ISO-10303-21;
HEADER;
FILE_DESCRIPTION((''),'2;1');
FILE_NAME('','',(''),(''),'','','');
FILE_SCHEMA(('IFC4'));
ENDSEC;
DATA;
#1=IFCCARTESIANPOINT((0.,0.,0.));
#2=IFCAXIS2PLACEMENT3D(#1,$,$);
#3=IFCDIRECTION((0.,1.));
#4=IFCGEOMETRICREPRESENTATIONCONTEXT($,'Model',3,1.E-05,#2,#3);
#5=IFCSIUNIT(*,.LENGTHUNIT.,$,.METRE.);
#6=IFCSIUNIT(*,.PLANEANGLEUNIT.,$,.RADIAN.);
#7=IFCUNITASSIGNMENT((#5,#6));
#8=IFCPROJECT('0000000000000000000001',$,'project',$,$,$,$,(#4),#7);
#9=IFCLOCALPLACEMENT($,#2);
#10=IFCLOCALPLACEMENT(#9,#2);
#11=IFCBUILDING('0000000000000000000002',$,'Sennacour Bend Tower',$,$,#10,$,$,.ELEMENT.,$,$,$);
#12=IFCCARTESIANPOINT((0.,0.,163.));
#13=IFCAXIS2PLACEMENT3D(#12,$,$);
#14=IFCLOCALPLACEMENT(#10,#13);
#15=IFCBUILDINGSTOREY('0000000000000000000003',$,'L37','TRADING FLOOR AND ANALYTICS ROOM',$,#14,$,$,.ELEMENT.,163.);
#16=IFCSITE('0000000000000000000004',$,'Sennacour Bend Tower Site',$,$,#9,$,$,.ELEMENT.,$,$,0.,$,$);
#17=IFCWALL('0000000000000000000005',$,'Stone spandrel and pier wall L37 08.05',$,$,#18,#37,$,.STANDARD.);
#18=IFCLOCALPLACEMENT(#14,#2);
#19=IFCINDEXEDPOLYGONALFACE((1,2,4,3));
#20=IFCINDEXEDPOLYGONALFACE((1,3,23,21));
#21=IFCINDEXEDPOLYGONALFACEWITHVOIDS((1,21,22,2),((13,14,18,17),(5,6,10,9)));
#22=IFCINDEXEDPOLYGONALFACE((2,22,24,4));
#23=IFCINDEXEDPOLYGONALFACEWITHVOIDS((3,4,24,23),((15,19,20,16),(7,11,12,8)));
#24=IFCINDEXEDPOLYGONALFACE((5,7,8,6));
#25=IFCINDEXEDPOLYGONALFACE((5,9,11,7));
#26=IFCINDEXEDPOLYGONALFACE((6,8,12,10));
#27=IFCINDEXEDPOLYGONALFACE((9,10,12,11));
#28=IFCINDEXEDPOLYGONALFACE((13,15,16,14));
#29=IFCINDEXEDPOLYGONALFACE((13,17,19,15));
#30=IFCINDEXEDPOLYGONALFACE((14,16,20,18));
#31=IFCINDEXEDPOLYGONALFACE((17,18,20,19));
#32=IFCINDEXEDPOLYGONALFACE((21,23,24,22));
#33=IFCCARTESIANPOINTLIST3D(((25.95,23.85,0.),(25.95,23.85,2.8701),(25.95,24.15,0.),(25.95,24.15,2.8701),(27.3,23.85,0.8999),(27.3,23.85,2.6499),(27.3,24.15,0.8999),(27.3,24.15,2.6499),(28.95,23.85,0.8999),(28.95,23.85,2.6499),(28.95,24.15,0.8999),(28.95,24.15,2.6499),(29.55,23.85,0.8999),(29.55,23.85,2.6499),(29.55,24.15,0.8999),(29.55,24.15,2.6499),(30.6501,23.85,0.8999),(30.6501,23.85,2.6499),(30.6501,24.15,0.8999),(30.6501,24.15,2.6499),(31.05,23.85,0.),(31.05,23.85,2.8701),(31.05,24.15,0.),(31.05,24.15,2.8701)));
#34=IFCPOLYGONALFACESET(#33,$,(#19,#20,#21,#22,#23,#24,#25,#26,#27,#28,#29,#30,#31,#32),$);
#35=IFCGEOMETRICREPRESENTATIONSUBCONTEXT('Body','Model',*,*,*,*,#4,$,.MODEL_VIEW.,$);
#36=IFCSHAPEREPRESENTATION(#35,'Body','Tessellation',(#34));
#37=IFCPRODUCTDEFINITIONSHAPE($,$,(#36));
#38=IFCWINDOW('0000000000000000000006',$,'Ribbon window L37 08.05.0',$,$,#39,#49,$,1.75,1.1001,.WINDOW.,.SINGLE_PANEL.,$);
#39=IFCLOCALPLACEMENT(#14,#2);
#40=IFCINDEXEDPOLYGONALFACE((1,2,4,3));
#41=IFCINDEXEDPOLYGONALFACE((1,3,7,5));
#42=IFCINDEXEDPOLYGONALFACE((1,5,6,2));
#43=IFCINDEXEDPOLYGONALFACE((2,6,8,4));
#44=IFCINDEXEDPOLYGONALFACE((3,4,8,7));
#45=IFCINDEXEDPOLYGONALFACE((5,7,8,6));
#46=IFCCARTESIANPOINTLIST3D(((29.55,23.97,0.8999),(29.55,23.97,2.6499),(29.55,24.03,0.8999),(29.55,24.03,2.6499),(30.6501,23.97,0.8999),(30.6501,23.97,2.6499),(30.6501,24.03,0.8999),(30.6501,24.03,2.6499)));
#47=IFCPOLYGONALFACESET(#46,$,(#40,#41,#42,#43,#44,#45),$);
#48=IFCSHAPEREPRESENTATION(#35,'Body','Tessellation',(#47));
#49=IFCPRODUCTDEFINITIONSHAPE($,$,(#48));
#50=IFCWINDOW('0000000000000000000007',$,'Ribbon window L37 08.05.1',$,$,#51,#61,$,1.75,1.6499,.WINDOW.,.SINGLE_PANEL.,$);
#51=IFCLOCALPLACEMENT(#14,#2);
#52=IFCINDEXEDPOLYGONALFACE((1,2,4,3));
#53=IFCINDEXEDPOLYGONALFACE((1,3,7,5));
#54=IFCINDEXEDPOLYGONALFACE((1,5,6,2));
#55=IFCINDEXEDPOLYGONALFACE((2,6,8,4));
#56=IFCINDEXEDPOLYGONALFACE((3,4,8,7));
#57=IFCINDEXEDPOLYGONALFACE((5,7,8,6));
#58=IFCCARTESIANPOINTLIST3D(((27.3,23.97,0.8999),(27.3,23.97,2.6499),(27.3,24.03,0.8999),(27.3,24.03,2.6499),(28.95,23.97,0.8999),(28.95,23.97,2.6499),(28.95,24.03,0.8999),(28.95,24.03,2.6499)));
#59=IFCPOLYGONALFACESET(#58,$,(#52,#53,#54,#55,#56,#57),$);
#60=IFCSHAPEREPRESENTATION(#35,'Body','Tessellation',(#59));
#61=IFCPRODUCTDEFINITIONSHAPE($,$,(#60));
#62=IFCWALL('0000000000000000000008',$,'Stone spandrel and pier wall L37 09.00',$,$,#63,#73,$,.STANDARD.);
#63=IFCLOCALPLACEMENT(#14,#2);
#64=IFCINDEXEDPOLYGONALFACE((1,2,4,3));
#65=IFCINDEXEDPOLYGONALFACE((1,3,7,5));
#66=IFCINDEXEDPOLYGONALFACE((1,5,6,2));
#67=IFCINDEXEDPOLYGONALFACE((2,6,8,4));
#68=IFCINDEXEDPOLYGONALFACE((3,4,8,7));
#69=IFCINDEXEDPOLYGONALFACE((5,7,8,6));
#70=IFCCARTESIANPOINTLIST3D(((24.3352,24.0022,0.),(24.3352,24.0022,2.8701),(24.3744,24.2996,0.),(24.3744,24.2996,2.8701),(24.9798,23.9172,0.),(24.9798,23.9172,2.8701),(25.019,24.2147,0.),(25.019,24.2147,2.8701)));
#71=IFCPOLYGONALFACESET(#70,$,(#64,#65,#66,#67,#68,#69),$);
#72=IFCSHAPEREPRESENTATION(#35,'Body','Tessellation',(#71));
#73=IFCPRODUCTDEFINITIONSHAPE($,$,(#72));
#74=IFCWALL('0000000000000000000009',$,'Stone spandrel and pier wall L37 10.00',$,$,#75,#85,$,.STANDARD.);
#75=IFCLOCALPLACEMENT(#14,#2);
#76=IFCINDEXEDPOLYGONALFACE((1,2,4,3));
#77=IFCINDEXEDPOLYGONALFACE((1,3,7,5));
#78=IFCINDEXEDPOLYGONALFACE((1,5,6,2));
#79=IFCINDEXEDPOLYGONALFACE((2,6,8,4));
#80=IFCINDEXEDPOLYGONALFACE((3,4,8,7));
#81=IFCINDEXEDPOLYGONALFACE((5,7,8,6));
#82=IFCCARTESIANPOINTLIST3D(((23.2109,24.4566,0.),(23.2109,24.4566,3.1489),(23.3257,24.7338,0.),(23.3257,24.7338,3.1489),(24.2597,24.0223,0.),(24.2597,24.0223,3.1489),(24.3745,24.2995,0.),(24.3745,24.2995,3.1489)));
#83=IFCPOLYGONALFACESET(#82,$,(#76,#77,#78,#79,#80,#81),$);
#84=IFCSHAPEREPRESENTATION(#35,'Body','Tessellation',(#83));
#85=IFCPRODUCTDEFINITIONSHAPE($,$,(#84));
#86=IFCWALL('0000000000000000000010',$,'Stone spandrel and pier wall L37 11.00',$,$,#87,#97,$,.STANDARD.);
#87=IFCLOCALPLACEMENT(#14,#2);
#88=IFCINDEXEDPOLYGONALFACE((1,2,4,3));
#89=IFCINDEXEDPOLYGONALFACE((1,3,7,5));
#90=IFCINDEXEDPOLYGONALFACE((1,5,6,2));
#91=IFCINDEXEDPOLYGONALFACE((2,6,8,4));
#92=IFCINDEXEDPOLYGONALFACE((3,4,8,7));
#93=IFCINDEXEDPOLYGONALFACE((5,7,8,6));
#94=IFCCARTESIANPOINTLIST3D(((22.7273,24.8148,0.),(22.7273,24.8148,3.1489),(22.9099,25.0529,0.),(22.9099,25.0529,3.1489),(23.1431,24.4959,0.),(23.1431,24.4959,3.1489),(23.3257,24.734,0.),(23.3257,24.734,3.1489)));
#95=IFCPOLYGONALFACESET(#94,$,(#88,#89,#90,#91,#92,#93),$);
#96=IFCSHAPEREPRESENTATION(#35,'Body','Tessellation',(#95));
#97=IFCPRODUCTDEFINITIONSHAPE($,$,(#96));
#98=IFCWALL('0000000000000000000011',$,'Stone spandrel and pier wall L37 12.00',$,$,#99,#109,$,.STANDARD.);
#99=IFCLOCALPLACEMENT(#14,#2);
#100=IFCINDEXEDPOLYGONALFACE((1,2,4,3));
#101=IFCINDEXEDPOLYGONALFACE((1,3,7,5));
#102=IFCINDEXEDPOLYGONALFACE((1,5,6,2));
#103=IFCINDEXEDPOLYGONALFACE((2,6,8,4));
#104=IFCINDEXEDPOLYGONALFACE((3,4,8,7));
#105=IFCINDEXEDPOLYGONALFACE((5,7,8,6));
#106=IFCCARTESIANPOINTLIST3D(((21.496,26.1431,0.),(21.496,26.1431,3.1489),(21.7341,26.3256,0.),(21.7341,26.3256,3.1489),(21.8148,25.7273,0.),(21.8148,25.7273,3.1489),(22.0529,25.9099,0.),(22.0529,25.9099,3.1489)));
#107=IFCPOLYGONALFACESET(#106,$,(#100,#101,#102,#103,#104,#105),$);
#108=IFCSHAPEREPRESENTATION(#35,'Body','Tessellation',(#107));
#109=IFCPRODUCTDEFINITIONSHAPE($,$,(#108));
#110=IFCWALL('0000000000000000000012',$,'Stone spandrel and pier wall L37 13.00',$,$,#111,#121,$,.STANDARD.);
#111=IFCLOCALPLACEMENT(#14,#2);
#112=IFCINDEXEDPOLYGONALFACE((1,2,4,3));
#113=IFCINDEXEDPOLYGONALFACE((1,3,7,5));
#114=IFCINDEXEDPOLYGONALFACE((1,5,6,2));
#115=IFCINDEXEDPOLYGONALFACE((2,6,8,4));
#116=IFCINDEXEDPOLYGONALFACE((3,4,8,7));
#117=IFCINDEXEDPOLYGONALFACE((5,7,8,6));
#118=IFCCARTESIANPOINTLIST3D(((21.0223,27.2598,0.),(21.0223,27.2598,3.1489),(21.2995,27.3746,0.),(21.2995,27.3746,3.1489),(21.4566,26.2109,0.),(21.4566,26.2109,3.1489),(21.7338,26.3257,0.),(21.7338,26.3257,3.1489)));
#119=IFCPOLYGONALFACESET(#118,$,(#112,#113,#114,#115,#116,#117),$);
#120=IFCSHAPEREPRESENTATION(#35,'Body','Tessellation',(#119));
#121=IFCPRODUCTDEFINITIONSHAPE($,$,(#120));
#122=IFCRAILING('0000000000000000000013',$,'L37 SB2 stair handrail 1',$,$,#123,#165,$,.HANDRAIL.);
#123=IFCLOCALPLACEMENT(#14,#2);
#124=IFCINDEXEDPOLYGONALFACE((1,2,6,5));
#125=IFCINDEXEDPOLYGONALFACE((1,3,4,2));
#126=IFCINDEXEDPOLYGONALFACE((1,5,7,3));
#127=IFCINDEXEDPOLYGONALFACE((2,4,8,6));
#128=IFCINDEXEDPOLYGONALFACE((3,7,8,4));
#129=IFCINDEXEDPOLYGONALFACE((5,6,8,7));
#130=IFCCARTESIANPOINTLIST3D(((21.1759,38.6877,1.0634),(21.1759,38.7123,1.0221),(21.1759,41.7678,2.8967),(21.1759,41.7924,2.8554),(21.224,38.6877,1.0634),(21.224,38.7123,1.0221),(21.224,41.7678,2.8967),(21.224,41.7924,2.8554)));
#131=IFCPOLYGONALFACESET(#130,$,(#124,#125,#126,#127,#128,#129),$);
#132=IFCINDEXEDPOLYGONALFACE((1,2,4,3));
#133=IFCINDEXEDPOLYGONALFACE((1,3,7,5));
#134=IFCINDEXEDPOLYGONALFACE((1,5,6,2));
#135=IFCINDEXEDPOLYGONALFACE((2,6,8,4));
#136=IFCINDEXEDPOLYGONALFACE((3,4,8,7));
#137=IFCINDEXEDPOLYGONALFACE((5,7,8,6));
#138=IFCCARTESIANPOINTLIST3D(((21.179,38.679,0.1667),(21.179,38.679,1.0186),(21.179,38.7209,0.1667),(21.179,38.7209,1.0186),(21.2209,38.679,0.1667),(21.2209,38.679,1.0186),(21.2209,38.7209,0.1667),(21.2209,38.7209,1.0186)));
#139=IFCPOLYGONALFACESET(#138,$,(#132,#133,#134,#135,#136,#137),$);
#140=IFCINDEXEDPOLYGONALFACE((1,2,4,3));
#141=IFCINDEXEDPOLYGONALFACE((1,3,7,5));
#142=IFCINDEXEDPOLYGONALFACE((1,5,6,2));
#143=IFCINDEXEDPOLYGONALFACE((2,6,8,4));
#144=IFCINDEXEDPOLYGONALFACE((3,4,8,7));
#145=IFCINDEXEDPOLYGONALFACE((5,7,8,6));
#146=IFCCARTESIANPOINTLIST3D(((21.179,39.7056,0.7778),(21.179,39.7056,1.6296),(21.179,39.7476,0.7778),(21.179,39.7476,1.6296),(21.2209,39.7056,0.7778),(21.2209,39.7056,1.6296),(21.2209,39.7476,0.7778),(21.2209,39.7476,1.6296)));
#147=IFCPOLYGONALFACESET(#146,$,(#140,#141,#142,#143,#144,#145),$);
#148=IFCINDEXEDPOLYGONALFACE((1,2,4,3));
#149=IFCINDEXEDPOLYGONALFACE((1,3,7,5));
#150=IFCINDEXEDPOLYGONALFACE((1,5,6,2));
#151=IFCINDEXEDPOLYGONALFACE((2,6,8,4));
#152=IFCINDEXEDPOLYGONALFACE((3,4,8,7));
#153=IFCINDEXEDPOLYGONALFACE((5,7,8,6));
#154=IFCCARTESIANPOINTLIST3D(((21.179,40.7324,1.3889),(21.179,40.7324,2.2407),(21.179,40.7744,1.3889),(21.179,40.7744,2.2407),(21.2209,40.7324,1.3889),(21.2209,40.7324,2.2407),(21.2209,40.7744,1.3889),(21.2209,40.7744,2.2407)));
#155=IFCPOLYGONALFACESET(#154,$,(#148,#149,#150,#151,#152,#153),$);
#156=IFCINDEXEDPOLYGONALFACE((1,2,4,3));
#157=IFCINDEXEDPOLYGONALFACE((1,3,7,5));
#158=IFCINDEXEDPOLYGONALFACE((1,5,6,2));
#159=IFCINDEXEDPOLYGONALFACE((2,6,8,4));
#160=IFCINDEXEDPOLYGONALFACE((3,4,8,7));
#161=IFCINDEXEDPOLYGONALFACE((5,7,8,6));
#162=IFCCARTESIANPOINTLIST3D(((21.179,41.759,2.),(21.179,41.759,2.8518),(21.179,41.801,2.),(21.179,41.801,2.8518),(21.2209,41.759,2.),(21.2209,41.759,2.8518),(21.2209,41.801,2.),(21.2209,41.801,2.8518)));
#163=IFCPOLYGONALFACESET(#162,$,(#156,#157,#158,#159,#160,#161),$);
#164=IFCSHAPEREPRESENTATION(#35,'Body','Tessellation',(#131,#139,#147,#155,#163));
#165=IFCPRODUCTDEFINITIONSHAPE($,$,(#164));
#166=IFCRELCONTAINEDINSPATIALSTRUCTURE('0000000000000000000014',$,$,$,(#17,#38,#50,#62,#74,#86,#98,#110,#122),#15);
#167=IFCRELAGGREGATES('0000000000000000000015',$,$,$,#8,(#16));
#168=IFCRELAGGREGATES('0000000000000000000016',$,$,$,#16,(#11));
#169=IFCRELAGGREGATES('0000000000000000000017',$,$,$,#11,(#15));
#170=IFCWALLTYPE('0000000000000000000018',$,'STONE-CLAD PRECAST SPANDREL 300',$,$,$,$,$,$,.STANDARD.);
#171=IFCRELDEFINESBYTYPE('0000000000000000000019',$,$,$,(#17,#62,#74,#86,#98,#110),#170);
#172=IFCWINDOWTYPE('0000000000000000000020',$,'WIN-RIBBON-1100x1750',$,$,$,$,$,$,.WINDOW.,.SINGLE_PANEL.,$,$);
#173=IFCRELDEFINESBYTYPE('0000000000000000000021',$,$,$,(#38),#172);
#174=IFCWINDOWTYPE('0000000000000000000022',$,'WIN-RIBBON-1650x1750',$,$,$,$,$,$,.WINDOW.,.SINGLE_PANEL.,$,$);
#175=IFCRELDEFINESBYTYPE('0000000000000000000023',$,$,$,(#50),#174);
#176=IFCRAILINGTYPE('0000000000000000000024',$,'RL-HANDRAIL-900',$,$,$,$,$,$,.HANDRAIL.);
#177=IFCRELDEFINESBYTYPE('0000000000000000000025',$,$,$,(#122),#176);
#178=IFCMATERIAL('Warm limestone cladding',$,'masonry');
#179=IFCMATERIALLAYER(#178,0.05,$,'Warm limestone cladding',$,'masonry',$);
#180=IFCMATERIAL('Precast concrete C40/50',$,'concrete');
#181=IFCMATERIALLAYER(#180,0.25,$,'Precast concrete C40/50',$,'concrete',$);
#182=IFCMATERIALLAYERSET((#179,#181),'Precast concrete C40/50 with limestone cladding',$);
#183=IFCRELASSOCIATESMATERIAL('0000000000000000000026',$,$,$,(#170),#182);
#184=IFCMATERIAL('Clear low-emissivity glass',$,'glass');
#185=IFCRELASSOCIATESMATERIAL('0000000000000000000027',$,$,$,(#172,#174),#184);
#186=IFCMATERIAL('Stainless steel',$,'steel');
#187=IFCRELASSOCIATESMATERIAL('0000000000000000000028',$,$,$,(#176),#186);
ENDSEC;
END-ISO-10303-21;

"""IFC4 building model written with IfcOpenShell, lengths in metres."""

from ifc_helpers import new_model, si_unit, direction, frame, frame_2d, origin, origin_2d, place, context, subcontext, project, spatial, rectangle, extrude, material, layer, layer_set, type_object, element, fill, save


model = new_model("IFC4")

# Units and contexts
model_context = context("Model", 3, precision=1e-05, world=origin(), true_north=direction((0.0, 1.0)))
body_context = subcontext(model_context, "Body", "Model", "MODEL_VIEW")
ifc_project = project(units=[si_unit("LENGTHUNIT", "METRE"), si_unit("PLANEANGLEUNIT", "RADIAN")], contexts=[model_context])

# Site, building, storey
site_placement = place(None, origin())
site = spatial("IfcSite", under=ifc_project, at=site_placement, Name="Sennacour Bend Tower Site", CompositionType="ELEMENT", RefElevation=0.0)
building_placement = place(site_placement, origin())
building = spatial("IfcBuilding", under=site, at=building_placement, Name="Sennacour Bend Tower", CompositionType="ELEMENT")
storey_placement = place(building_placement, frame((0.0, 0.0, 163.0)))
storey = spatial("IfcBuildingStorey", under=building, at=storey_placement, Name="L37", Description="TRADING FLOOR AND ANALYTICS ROOM", CompositionType="ELEMENT", Elevation=163.0)

# Wall, openings, windows
ifc_material_1 = material(Name="Warm limestone cladding", Category="masonry")
ifc_layer_1 = layer(ifc_material_1, 0.05, Name="Warm limestone cladding", Category="masonry")
ifc_material_2 = material(Name="Precast concrete C40/50", Category="concrete")
ifc_layer_2 = layer(ifc_material_2, 0.25, Name="Precast concrete C40/50", Category="concrete")
ifc_layer_set_1 = layer_set([ifc_layer_1, ifc_layer_2], Name="Precast concrete C40/50 with limestone cladding")
wall_type_1 = type_object("IfcWallType", Name="STONE-CLAD PRECAST SPANDREL 300", PredefinedType="STANDARD", material=ifc_layer_set_1)
ifc_material_3 = material(Name="Clear low-emissivity glass", Category="glass")
window_type_1 = type_object("IfcWindowType", Name="WIN-RIBBON-1100x1750", PartitioningType="SINGLE_PANEL", PredefinedType="WINDOW", material=ifc_material_3)
wall_1_placement = place(storey_placement, frame((31.05, 24.0, 0.0), z_axis=(0.0, 0.0, 1.0), x_axis=(-1.0, 0.0, 0.0)))
wall_1 = element("IfcWall", 1, at=wall_1_placement, inside=storey, type_object=wall_type_1, Name="Stone spandrel and pier wall L37 08.05", PredefinedType="STANDARD", context=body_context, shape_type="SweptSolid", body=[
    extrude(rectangle(XDim=5.1001, YDim=0.3, at=frame_2d((2.55, 0.0))), origin(), (0.0, 0.0, 1.0), 2.8701),
])
opening_1_placement = place(wall_1_placement, frame((0.3999, 0.0, 0.8999)))
opening_1 = element("IfcOpeningElement", 2, at=opening_1_placement, cuts=wall_1, PredefinedType="OPENING", context=body_context, shape_type="SweptSolid", body=[
    extrude(rectangle(XDim=1.1001, YDim=1.75, at=frame_2d((0.55, 0.875))), frame((0.0, 0.1602, 0.0), z_axis=(0.0, -1.0, 0.0), x_axis=(1.0, 0.0, 0.0)), (0.0, 0.0, 1.0), 0.3201),
])
opening_2_placement = place(wall_1_placement, frame((2.1001, 0.0, 0.8999)))
opening_2 = element("IfcOpeningElement", 3, at=opening_2_placement, cuts=wall_1, PredefinedType="OPENING", context=body_context, shape_type="SweptSolid", body=[
    extrude(rectangle(XDim=1.6499, YDim=1.75, at=frame_2d((0.825, 0.875))), frame((0.0, 0.1602, 0.0), z_axis=(0.0, -1.0, 0.0), x_axis=(1.0, 0.0, 0.0)), (0.0, 0.0, 1.0), 0.3201),
])
window_1_placement = place(opening_1_placement, origin())
window_1 = element("IfcWindow", 4, at=window_1_placement, inside=storey, type_object=window_type_1, Name="Ribbon window L37 08.05.0", OverallHeight=1.75, OverallWidth=1.1001, PartitioningType="SINGLE_PANEL", PredefinedType="WINDOW", context=body_context, shape_type="SweptSolid", body=[
    extrude(rectangle(XDim=1.1001, YDim=1.75, at=frame_2d((0.55, 0.875))), frame((0.0, 0.03, 0.0), z_axis=(0.0, -1.0, 0.0), x_axis=(1.0, 0.0, 0.0)), (0.0, 0.0, 1.0), 0.0601),
])
fill(opening_1, window_1)
window_type_2 = type_object("IfcWindowType", Name="WIN-RIBBON-1650x1750", PartitioningType="SINGLE_PANEL", PredefinedType="WINDOW", material=ifc_material_3)
window_2_placement = place(opening_2_placement, origin())
window_2 = element("IfcWindow", 5, at=window_2_placement, inside=storey, type_object=window_type_2, Name="Ribbon window L37 08.05.1", OverallHeight=1.75, OverallWidth=1.6499, PartitioningType="SINGLE_PANEL", PredefinedType="WINDOW", context=body_context, shape_type="SweptSolid", body=[
    extrude(rectangle(XDim=1.6499, YDim=1.75, at=frame_2d((0.825, 0.875))), frame((0.0, 0.03, 0.0), z_axis=(0.0, -1.0, 0.0), x_axis=(1.0, 0.0, 0.0)), (0.0, 0.0, 1.0), 0.0601),
])
fill(opening_2, window_2)

# Walls
wall_2_placement = place(storey_placement, frame((24.9995, 24.0659, 0.0), z_axis=(0.0, 0.0, 1.0), x_axis=(-0.991424, 0.130688, 0.0)))
element("IfcWall", 6, at=wall_2_placement, inside=storey, type_object=wall_type_1, Name="Stone spandrel and pier wall L37 09.00", PredefinedType="STANDARD", context=body_context, shape_type="SweptSolid", body=[
    extrude(rectangle(XDim=0.6501, YDim=0.3, at=frame_2d((0.3252, 0.0))), origin(), (0.0, 0.0, 1.0), 2.8701),
])
wall_3_placement = place(storey_placement, frame((24.3171, 24.1609, 0.0), z_axis=(0.0, 0.0, 1.0), x_axis=(-0.923915, 0.382599, 0.0)))
element("IfcWall", 7, at=wall_3_placement, inside=storey, type_object=wall_type_1, Name="Stone spandrel and pier wall L37 10.00", PredefinedType="STANDARD", context=body_context, shape_type="SweptSolid", body=[
    extrude(rectangle(XDim=1.1353, YDim=0.3, at=frame_2d((0.5676, 0.0))), origin(), (0.0, 0.0, 1.0), 3.1489),
])
for number, where, z_axis, x_axis, name in (
    (8, (23.2344, 24.615, 0.0), (0.0, 0.0, 1.0), (-0.793524, 0.608539, 0.0), "Stone spandrel and pier wall L37 11.00"),
    (9, (21.9338, 25.8186, 0.0), (0.0, 0.0, 1.0), (-0.608539, 0.793524, 0.0), "Stone spandrel and pier wall L37 12.00"),
):
    element("IfcWall", number, at=place(storey_placement, frame(where, z_axis=z_axis, x_axis=x_axis)), inside=storey, type_object=wall_type_1, Name=name, PredefinedType="STANDARD", context=body_context, shape_type="SweptSolid", body=[
        extrude(rectangle(XDim=0.5239, YDim=0.3, at=frame_2d((0.262, 0.0))), origin(), (0.0, 0.0, 1.0), 3.1489),
    ])
wall_4_placement = place(storey_placement, frame((21.5952, 26.2683, 0.0), z_axis=(0.0, 0.0, 1.0), x_axis=(-0.382599, 0.923915, 0.0)))
element("IfcWall", 10, at=wall_4_placement, inside=storey, type_object=wall_type_1, Name="Stone spandrel and pier wall L37 13.00", PredefinedType="STANDARD", context=body_context, shape_type="SweptSolid", body=[
    extrude(rectangle(XDim=1.1353, YDim=0.3, at=frame_2d((0.5676, 0.0))), origin(), (0.0, 0.0, 1.0), 3.1489),
])

# Railing
ifc_material_4 = material(Name="Stainless steel", Category="steel")
railing_type = type_object("IfcRailingType", Name="RL-HANDRAIL-900", PredefinedType="HANDRAIL", material=ifc_material_4)
railing_placement = place(storey_placement, frame((21.2, 38.7, 0.1667)))
element("IfcRailing", 11, at=railing_placement, inside=storey, type_object=railing_type, Name="L37 SB2 stair handrail 1", PredefinedType="HANDRAIL", context=body_context, shape_type="SweptSolid", body=[
    extrude(rectangle(XDim=0.0481, YDim=0.0481, at=origin_2d()), frame((0.0, 0.0, 0.876), z_axis=(0.0, 0.859309, 0.511458), x_axis=(-1.0, 0.0, 0.0)), (0.0, 0.0, 1.0), 3.5845),
    extrude(rectangle(XDim=0.042, YDim=0.042, at=origin_2d()), origin(), (0.0, 0.0, 1.0), 0.8518),
    extrude(rectangle(XDim=0.042, YDim=0.042, at=origin_2d()), frame((0.0, 1.0266, 0.6111)), (0.0, 0.0, 1.0), 0.8518),
    extrude(rectangle(XDim=0.042, YDim=0.042, at=origin_2d()), frame((0.0, 2.0535, 1.2222)), (0.0, 0.0, 1.0), 0.8518),
    extrude(rectangle(XDim=0.042, YDim=0.042, at=origin_2d()), frame((0.0, 3.0801, 1.8333)), (0.0, 0.0, 1.0), 0.8518),
])

save(model, "model.ifc")
